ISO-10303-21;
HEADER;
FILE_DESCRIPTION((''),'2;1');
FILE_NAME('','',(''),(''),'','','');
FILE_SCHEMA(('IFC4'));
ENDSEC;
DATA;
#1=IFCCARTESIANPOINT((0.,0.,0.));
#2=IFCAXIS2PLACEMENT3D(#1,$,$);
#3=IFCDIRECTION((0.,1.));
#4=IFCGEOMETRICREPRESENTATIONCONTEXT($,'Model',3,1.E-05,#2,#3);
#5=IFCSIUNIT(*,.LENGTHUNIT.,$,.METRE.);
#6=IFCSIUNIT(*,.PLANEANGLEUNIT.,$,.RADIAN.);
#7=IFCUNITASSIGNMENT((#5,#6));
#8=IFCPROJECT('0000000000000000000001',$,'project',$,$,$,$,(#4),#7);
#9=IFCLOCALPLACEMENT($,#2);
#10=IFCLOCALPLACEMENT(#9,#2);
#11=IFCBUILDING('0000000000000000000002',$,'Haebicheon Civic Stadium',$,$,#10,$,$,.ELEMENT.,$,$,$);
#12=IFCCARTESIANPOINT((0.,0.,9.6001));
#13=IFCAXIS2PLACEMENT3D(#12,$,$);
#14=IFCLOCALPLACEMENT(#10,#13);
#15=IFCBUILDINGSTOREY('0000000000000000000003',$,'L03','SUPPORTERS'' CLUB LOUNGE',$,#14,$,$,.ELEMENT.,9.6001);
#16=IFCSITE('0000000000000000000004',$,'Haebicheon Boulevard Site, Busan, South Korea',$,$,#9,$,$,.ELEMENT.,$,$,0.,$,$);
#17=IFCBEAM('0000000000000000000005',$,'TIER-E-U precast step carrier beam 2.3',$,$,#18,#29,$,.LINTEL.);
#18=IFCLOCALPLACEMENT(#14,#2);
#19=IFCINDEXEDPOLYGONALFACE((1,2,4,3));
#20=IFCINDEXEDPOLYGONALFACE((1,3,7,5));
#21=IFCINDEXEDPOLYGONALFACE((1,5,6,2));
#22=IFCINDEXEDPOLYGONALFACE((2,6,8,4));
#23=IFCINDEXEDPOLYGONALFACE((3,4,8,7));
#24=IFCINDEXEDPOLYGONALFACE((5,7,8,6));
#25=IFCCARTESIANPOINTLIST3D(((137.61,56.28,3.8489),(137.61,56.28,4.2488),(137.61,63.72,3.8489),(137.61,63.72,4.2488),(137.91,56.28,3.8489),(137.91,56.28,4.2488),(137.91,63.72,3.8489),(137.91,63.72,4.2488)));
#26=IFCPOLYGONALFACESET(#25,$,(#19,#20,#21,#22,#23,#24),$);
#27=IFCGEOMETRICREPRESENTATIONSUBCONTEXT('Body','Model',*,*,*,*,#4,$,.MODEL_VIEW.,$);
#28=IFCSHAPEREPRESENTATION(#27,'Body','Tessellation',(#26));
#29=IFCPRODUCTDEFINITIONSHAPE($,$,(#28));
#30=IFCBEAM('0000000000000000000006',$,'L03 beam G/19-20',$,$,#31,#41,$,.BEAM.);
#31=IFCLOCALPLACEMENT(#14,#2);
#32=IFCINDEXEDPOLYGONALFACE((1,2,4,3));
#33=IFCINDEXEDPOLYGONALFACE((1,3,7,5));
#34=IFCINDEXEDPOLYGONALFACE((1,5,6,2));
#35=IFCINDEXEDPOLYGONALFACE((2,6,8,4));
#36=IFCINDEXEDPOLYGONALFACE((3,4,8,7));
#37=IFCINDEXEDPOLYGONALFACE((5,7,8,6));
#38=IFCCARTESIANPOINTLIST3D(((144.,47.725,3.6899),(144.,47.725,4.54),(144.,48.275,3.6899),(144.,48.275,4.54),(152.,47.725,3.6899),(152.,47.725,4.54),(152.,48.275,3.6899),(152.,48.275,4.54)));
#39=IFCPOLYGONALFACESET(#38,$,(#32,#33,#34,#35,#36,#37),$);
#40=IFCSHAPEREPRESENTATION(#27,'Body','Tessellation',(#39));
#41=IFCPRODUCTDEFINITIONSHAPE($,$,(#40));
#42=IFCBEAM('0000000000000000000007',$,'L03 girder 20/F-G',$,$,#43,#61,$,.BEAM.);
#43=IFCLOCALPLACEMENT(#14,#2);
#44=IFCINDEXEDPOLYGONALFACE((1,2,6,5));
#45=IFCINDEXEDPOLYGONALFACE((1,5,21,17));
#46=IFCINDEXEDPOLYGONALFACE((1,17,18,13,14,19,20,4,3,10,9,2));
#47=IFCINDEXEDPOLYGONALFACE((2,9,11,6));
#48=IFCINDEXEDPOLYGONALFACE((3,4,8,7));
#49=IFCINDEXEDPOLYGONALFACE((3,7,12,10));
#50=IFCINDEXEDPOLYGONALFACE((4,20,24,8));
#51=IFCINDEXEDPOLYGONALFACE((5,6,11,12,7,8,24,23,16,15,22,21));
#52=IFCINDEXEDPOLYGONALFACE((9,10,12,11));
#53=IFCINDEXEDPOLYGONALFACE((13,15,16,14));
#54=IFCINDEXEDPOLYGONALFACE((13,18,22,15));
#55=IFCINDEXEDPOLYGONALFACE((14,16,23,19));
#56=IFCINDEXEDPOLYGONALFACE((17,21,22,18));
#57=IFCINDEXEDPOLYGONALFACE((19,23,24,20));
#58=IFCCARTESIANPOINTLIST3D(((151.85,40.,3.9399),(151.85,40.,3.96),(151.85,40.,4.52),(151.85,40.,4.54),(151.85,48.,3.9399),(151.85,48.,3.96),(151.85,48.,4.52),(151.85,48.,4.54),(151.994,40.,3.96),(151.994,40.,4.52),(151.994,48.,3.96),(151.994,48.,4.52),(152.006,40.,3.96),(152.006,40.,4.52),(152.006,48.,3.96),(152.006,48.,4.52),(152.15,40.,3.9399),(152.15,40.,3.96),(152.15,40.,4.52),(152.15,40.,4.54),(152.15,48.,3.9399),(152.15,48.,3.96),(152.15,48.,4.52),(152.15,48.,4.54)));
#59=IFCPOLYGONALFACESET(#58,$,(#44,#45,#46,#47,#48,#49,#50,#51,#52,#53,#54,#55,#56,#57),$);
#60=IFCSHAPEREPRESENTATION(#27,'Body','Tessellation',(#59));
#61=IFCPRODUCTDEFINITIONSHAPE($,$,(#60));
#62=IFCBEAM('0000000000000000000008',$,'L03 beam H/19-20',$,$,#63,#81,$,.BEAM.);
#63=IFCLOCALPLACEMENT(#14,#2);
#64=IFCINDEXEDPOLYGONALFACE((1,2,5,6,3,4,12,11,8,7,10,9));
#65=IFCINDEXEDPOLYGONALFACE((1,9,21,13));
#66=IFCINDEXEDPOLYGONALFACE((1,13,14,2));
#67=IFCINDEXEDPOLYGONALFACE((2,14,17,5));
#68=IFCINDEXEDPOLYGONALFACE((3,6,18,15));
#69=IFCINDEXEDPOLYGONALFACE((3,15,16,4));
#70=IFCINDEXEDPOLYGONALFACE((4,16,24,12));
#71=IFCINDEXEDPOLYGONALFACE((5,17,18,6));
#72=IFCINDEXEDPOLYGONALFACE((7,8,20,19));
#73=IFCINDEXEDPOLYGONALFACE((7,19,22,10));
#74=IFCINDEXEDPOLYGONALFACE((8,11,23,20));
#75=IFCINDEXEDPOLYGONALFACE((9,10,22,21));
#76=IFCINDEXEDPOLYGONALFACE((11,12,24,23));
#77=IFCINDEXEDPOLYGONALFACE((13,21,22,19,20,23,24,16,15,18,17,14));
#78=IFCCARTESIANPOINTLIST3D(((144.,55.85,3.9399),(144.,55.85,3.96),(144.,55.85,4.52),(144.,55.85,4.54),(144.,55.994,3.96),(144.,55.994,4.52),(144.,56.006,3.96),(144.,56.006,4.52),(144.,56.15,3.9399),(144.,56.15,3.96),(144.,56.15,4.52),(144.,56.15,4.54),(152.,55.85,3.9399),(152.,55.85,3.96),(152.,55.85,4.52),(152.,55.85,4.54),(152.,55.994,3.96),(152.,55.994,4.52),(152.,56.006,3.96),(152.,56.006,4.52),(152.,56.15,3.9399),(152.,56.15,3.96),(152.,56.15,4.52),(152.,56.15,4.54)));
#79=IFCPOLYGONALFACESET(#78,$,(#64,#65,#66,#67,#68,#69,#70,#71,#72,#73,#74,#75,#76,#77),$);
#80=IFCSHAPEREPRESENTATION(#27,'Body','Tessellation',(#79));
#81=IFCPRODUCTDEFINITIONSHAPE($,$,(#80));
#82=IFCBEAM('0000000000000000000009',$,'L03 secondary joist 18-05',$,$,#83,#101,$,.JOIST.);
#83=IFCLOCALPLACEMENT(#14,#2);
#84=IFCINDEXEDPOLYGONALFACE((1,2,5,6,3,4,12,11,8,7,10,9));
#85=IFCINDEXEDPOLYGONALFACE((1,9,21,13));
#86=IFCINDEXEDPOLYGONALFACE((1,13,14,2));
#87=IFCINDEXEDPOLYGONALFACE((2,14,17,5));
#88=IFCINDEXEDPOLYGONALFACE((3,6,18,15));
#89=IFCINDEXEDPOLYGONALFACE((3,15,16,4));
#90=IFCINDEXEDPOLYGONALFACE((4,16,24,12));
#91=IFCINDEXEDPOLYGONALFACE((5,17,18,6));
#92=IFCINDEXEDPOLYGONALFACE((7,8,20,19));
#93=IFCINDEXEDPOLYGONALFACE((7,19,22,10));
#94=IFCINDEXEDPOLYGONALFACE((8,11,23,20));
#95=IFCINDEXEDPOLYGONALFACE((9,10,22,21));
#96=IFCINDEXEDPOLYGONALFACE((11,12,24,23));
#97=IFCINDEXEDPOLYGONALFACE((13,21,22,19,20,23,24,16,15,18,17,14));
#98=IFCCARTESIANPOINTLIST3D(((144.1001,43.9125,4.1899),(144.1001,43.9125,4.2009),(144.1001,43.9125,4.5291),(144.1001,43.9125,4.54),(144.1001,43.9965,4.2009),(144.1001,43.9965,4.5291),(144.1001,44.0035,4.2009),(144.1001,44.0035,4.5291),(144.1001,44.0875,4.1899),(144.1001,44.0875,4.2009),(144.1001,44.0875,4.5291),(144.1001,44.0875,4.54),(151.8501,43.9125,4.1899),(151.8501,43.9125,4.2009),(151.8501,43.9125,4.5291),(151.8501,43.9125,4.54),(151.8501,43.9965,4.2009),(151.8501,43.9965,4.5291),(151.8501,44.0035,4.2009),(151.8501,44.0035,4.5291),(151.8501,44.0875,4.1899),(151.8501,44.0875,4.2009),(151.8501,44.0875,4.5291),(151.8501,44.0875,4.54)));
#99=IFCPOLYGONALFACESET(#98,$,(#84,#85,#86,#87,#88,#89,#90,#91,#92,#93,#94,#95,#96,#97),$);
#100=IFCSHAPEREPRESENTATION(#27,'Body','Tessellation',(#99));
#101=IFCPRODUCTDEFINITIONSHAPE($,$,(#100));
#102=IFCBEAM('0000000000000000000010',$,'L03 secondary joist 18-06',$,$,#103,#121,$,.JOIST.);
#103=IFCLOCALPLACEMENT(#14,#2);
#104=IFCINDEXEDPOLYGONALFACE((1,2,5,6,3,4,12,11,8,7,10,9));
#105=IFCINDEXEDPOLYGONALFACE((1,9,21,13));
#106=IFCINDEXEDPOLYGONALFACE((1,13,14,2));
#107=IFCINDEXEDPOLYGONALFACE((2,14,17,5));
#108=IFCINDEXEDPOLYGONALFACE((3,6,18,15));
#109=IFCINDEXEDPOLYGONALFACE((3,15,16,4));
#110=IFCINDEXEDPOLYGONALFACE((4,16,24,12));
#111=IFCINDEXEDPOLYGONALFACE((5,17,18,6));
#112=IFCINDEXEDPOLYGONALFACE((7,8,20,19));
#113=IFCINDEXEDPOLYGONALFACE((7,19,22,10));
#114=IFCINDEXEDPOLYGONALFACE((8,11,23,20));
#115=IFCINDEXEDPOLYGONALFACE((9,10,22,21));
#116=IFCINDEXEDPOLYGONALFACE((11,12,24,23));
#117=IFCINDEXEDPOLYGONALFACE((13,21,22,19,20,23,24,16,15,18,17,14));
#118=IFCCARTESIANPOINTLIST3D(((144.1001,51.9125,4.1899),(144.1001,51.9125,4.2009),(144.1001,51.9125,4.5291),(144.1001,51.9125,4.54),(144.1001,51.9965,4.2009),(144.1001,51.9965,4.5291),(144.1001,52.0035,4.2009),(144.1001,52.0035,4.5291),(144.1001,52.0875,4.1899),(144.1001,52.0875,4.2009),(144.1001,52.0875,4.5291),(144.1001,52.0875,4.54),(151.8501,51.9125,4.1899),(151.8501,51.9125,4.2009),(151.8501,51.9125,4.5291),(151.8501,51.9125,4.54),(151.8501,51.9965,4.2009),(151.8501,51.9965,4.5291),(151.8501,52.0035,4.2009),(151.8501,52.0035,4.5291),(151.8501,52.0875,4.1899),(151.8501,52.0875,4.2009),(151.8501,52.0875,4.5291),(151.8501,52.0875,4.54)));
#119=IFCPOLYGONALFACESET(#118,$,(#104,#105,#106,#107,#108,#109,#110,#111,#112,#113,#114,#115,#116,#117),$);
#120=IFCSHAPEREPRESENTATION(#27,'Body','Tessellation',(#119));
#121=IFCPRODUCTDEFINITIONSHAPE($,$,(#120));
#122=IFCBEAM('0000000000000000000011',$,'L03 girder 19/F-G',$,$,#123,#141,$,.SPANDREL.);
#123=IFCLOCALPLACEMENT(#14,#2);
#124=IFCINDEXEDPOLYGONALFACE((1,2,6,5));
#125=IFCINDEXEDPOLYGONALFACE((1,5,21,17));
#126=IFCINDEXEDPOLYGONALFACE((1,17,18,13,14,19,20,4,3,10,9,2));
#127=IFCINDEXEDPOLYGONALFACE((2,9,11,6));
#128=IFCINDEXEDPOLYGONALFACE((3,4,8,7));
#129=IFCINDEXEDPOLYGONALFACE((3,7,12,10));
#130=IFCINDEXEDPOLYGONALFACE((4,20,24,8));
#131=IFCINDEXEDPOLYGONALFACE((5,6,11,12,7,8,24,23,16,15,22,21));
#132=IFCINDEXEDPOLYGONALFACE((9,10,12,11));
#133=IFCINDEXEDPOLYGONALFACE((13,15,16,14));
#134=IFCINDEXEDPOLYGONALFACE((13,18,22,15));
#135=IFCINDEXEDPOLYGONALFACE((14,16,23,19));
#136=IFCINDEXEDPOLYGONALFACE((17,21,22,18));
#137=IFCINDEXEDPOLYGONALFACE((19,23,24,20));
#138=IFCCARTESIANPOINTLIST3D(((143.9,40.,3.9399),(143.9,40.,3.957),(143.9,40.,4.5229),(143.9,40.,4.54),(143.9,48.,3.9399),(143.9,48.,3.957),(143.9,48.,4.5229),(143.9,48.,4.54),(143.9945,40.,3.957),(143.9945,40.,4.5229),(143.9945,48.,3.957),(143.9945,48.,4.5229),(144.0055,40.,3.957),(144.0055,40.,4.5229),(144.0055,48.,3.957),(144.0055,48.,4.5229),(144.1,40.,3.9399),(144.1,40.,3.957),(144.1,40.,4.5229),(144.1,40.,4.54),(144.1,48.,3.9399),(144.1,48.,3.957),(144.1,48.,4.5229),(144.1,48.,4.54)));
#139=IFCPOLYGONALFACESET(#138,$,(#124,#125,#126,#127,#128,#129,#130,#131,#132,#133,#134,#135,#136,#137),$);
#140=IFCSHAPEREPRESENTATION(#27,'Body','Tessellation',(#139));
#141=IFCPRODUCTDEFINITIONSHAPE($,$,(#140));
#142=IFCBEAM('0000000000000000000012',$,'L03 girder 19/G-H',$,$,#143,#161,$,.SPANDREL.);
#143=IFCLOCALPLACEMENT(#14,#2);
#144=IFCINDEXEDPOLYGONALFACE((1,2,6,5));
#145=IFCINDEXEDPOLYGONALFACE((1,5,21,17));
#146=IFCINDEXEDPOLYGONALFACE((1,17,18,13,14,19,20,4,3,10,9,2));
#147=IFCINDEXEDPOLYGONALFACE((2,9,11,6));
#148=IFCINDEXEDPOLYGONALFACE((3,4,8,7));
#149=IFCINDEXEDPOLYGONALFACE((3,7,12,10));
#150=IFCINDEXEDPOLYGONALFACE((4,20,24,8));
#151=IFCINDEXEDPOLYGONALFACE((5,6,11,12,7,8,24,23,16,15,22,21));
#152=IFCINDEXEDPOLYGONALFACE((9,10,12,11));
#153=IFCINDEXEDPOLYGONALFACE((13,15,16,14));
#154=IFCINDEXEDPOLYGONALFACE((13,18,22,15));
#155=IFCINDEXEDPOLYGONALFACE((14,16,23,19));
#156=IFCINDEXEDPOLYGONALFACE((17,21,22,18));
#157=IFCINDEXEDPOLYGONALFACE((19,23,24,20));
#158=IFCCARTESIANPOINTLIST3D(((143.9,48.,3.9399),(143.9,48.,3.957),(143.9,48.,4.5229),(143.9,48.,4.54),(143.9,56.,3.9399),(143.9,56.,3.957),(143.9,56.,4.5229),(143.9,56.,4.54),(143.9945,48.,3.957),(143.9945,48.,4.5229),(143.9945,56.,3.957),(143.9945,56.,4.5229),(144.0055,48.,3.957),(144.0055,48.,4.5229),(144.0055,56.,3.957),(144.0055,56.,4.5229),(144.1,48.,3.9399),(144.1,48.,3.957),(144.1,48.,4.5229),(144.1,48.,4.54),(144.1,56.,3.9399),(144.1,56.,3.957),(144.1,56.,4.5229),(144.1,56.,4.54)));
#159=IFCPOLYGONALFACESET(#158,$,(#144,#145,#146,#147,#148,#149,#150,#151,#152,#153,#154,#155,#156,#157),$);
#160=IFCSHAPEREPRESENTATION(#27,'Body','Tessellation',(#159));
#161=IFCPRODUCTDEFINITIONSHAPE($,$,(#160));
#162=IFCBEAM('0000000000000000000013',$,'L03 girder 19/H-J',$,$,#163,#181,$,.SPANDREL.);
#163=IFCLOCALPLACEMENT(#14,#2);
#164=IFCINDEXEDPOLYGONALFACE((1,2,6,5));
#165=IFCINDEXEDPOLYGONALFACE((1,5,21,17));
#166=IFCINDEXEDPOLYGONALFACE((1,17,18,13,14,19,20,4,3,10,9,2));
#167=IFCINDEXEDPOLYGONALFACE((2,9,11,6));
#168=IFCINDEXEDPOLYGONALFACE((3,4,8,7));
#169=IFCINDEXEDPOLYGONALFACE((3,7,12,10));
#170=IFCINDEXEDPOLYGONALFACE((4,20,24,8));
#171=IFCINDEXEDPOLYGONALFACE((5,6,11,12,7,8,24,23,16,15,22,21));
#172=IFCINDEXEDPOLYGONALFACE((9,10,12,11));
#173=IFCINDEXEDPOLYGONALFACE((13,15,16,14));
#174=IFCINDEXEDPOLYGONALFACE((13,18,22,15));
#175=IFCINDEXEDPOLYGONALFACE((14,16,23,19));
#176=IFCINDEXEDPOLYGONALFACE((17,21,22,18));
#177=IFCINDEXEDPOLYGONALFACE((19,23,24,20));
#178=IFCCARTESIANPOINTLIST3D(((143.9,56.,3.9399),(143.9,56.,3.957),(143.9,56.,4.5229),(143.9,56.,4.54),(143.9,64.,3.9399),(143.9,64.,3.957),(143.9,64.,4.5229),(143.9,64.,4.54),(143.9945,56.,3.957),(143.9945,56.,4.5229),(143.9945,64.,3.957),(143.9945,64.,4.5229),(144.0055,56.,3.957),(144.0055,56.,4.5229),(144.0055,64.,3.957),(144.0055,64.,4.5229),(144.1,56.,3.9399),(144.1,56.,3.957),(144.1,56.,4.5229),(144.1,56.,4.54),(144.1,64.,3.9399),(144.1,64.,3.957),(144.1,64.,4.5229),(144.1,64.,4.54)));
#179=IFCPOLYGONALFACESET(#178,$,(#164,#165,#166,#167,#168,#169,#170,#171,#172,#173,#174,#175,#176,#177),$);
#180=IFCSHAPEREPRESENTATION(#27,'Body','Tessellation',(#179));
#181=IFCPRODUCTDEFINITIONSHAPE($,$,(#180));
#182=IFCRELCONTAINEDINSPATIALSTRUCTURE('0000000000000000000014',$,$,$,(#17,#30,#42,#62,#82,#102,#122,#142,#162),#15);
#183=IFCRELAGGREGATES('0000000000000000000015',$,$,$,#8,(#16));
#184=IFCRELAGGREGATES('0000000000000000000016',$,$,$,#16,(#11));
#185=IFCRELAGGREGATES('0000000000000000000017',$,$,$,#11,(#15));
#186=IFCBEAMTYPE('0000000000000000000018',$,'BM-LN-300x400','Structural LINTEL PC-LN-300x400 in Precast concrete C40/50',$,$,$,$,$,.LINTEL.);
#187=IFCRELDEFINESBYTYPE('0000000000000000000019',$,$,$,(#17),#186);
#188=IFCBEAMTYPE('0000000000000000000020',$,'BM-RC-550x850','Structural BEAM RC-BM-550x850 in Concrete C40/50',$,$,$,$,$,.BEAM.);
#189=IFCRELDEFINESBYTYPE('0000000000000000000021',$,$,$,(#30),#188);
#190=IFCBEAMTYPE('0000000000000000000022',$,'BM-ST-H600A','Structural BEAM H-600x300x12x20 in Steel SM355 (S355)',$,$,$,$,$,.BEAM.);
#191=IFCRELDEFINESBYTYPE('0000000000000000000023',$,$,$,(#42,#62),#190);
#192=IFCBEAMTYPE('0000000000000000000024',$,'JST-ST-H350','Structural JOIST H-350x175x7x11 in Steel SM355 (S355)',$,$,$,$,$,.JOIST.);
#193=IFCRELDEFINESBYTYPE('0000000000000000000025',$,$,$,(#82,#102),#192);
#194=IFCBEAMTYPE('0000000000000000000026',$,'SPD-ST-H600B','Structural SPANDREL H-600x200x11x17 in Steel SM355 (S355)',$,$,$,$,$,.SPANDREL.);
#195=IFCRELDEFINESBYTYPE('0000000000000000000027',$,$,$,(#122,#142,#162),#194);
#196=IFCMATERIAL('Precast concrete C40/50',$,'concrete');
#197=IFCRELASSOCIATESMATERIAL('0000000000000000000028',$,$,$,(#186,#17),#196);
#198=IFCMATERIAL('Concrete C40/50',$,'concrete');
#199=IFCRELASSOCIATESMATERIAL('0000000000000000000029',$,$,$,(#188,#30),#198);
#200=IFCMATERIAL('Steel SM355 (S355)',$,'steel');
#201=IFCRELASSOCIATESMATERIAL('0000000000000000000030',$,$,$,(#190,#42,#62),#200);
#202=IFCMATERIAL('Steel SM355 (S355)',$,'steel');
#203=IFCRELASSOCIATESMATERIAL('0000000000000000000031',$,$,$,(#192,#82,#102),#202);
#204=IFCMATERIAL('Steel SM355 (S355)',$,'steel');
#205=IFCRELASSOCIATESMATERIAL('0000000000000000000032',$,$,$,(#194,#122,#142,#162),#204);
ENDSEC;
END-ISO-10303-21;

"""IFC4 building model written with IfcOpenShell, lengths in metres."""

from ifc_helpers import new_model, si_unit, direction, frame, origin, origin_2d, place, context, subcontext, project, spatial, rectangle, i_section, extrude, material, material_profile, profile_set, type_object, element, save


model = new_model("IFC4")

# Units and contexts
model_context = context("Model", 3, precision=1e-05, world=origin(), true_north=direction((0.0, 1.0)))
body_context = subcontext(model_context, "Body", "Model", "MODEL_VIEW")
ifc_project = project(units=[si_unit("LENGTHUNIT", "METRE"), si_unit("PLANEANGLEUNIT", "RADIAN")], contexts=[model_context])

# Site, building, storey
site_placement = place(None, origin())
site = spatial("IfcSite", under=ifc_project, at=site_placement, Name="Haebicheon Boulevard Site, Busan, South Korea", CompositionType="ELEMENT", RefElevation=0.0)
building_placement = place(site_placement, origin())
building = spatial("IfcBuilding", under=site, at=building_placement, Name="Haebicheon Civic Stadium", CompositionType="ELEMENT")
storey_placement = place(building_placement, frame((0.0, 0.0, 9.6001)))
storey = spatial("IfcBuildingStorey", under=building, at=storey_placement, Name="L03", Description="SUPPORTERS' CLUB LOUNGE", CompositionType="ELEMENT", Elevation=9.6001)

# Beams
ifc_material_1 = material(Name="Precast concrete C40/50", Category="concrete")
ifc_material_profile_1 = material_profile(ifc_material_1, rectangle(XDim=0.3, YDim=0.3999, at=origin_2d()), Name="PC-LN-300x400")
ifc_profile_set_1 = profile_set([ifc_material_profile_1], Name="Precast concrete C40/50")
beam_type_1 = type_object("IfcBeamType", Name="BM-LN-300x400", Description="Structural LINTEL PC-LN-300x400 in Precast concrete C40/50", PredefinedType="LINTEL", material=ifc_profile_set_1)
for number, where, z_axis, x_axis, name in (
    (1, (137.76, 56.28, 4.0488), (0.0, 1.0, 0.0), (-1.0, 0.0, 0.0), "TIER-E-U precast step carrier beam 2.3"),
):
    element("IfcBeam", number, at=place(storey_placement, frame(where, z_axis=z_axis, x_axis=x_axis)), inside=storey, type_object=beam_type_1, material=ifc_profile_set_1, Name=name, PredefinedType="LINTEL", context=body_context, shape_type="SweptSolid", body=[
        extrude(rectangle(XDim=0.3, YDim=0.3999, at=origin_2d()), origin(), (0.0, 0.0, 1.0), 7.4399),
    ])
ifc_material_2 = material(Name="Concrete C40/50", Category="concrete")
ifc_material_profile_2 = material_profile(ifc_material_2, rectangle(XDim=0.55, YDim=0.8501, at=origin_2d()), Name="RC-BM-550x850")
ifc_profile_set_2 = profile_set([ifc_material_profile_2], Name="Concrete C40/50")
beam_type_2 = type_object("IfcBeamType", Name="BM-RC-550x850", Description="Structural BEAM RC-BM-550x850 in Concrete C40/50", PredefinedType="BEAM", material=ifc_profile_set_2)
beam_placement = place(storey_placement, frame((144.0, 48.0, 4.115), z_axis=(1.0, 0.0, 0.0), x_axis=(0.0, 1.0, 0.0)))
element("IfcBeam", 2, at=beam_placement, inside=storey, type_object=beam_type_2, material=ifc_profile_set_2, Name="L03 beam G/19-20", PredefinedType="BEAM", context=body_context, shape_type="SweptSolid", body=[
    extrude(rectangle(XDim=0.55, YDim=0.8501, at=origin_2d()), origin(), (0.0, 0.0, 1.0), 8.0),
])
ifc_material_3 = material(Name="Steel SM355 (S355)", Category="steel")
ifc_material_profile_3 = material_profile(ifc_material_3, i_section(OverallWidth=0.3, OverallDepth=0.6001, WebThickness=0.012, FlangeThickness=0.02, at=origin_2d()), Name="H-600x300x12x20")
ifc_profile_set_3 = profile_set([ifc_material_profile_3], Name="Steel SM355 (S355)")
beam_type_3 = type_object("IfcBeamType", Name="BM-ST-H600A", Description="Structural BEAM H-600x300x12x20 in Steel SM355 (S355)", PredefinedType="BEAM", material=ifc_profile_set_3)
for number, where, z_axis, x_axis, name in (
    (3, (152.0, 40.0, 4.24), (0.0, 1.0, 0.0), (-1.0, 0.0, 0.0), "L03 girder 20/F-G"),
    (4, (144.0, 56.0, 4.24), (1.0, 0.0, 0.0), (0.0, 1.0, 0.0), "L03 beam H/19-20"),
):
    element("IfcBeam", number, at=place(storey_placement, frame(where, z_axis=z_axis, x_axis=x_axis)), inside=storey, type_object=beam_type_3, material=ifc_profile_set_3, Name=name, PredefinedType="BEAM", context=body_context, shape_type="SweptSolid", body=[
        extrude(i_section(OverallWidth=0.3, OverallDepth=0.6001, WebThickness=0.012, FlangeThickness=0.02, at=origin_2d()), origin(), (0.0, 0.0, 1.0), 8.0),
    ])
ifc_material_4 = material(Name="Steel SM355 (S355)", Category="steel")
ifc_material_profile_4 = material_profile(ifc_material_4, i_section(OverallWidth=0.175, OverallDepth=0.3501, WebThickness=0.0071, FlangeThickness=0.011, at=origin_2d()), Name="H-350x175x7x11")
ifc_profile_set_4 = profile_set([ifc_material_profile_4], Name="Steel SM355 (S355)")
beam_type_4 = type_object("IfcBeamType", Name="JST-ST-H350", Description="Structural JOIST H-350x175x7x11 in Steel SM355 (S355)", PredefinedType="JOIST", material=ifc_profile_set_4)
for number, where, z_axis, x_axis, name in (
    (5, (144.1001, 44.0, 4.365), (1.0, 0.0, 0.0), (0.0, 1.0, 0.0), "L03 secondary joist 18-05"),
    (6, (144.1001, 52.0, 4.365), (1.0, 0.0, 0.0), (0.0, 1.0, 0.0), "L03 secondary joist 18-06"),
):
    element("IfcBeam", number, at=place(storey_placement, frame(where, z_axis=z_axis, x_axis=x_axis)), inside=storey, type_object=beam_type_4, material=ifc_profile_set_4, Name=name, PredefinedType="JOIST", context=body_context, shape_type="SweptSolid", body=[
        extrude(i_section(OverallWidth=0.175, OverallDepth=0.3501, WebThickness=0.0071, FlangeThickness=0.011, at=origin_2d()), origin(), (0.0, 0.0, 1.0), 7.75),
    ])
ifc_material_5 = material(Name="Steel SM355 (S355)", Category="steel")
ifc_material_profile_5 = material_profile(ifc_material_5, i_section(OverallWidth=0.2, OverallDepth=0.6001, WebThickness=0.011, FlangeThickness=0.0171, at=origin_2d()), Name="H-600x200x11x17")
ifc_profile_set_5 = profile_set([ifc_material_profile_5], Name="Steel SM355 (S355)")
beam_type_5 = type_object("IfcBeamType", Name="SPD-ST-H600B", Description="Structural SPANDREL H-600x200x11x17 in Steel SM355 (S355)", PredefinedType="SPANDREL", material=ifc_profile_set_5)
for number, where, z_axis, x_axis, name in (
    (7, (144.0, 40.0, 4.24), (0.0, 1.0, 0.0), (-1.0, 0.0, 0.0), "L03 girder 19/F-G"),
    (8, (144.0, 48.0, 4.24), (0.0, 1.0, 0.0), (-1.0, 0.0, 0.0), "L03 girder 19/G-H"),
    (9, (144.0, 56.0, 4.24), (0.0, 1.0, 0.0), (-1.0, 0.0, 0.0), "L03 girder 19/H-J"),
):
    element("IfcBeam", number, at=place(storey_placement, frame(where, z_axis=z_axis, x_axis=x_axis)), inside=storey, type_object=beam_type_5, material=ifc_profile_set_5, Name=name, PredefinedType="SPANDREL", context=body_context, shape_type="SweptSolid", body=[
        extrude(i_section(OverallWidth=0.2, OverallDepth=0.6001, WebThickness=0.011, FlangeThickness=0.0171, at=origin_2d()), origin(), (0.0, 0.0, 1.0), 8.0),
    ])

save(model, "model.ifc")
